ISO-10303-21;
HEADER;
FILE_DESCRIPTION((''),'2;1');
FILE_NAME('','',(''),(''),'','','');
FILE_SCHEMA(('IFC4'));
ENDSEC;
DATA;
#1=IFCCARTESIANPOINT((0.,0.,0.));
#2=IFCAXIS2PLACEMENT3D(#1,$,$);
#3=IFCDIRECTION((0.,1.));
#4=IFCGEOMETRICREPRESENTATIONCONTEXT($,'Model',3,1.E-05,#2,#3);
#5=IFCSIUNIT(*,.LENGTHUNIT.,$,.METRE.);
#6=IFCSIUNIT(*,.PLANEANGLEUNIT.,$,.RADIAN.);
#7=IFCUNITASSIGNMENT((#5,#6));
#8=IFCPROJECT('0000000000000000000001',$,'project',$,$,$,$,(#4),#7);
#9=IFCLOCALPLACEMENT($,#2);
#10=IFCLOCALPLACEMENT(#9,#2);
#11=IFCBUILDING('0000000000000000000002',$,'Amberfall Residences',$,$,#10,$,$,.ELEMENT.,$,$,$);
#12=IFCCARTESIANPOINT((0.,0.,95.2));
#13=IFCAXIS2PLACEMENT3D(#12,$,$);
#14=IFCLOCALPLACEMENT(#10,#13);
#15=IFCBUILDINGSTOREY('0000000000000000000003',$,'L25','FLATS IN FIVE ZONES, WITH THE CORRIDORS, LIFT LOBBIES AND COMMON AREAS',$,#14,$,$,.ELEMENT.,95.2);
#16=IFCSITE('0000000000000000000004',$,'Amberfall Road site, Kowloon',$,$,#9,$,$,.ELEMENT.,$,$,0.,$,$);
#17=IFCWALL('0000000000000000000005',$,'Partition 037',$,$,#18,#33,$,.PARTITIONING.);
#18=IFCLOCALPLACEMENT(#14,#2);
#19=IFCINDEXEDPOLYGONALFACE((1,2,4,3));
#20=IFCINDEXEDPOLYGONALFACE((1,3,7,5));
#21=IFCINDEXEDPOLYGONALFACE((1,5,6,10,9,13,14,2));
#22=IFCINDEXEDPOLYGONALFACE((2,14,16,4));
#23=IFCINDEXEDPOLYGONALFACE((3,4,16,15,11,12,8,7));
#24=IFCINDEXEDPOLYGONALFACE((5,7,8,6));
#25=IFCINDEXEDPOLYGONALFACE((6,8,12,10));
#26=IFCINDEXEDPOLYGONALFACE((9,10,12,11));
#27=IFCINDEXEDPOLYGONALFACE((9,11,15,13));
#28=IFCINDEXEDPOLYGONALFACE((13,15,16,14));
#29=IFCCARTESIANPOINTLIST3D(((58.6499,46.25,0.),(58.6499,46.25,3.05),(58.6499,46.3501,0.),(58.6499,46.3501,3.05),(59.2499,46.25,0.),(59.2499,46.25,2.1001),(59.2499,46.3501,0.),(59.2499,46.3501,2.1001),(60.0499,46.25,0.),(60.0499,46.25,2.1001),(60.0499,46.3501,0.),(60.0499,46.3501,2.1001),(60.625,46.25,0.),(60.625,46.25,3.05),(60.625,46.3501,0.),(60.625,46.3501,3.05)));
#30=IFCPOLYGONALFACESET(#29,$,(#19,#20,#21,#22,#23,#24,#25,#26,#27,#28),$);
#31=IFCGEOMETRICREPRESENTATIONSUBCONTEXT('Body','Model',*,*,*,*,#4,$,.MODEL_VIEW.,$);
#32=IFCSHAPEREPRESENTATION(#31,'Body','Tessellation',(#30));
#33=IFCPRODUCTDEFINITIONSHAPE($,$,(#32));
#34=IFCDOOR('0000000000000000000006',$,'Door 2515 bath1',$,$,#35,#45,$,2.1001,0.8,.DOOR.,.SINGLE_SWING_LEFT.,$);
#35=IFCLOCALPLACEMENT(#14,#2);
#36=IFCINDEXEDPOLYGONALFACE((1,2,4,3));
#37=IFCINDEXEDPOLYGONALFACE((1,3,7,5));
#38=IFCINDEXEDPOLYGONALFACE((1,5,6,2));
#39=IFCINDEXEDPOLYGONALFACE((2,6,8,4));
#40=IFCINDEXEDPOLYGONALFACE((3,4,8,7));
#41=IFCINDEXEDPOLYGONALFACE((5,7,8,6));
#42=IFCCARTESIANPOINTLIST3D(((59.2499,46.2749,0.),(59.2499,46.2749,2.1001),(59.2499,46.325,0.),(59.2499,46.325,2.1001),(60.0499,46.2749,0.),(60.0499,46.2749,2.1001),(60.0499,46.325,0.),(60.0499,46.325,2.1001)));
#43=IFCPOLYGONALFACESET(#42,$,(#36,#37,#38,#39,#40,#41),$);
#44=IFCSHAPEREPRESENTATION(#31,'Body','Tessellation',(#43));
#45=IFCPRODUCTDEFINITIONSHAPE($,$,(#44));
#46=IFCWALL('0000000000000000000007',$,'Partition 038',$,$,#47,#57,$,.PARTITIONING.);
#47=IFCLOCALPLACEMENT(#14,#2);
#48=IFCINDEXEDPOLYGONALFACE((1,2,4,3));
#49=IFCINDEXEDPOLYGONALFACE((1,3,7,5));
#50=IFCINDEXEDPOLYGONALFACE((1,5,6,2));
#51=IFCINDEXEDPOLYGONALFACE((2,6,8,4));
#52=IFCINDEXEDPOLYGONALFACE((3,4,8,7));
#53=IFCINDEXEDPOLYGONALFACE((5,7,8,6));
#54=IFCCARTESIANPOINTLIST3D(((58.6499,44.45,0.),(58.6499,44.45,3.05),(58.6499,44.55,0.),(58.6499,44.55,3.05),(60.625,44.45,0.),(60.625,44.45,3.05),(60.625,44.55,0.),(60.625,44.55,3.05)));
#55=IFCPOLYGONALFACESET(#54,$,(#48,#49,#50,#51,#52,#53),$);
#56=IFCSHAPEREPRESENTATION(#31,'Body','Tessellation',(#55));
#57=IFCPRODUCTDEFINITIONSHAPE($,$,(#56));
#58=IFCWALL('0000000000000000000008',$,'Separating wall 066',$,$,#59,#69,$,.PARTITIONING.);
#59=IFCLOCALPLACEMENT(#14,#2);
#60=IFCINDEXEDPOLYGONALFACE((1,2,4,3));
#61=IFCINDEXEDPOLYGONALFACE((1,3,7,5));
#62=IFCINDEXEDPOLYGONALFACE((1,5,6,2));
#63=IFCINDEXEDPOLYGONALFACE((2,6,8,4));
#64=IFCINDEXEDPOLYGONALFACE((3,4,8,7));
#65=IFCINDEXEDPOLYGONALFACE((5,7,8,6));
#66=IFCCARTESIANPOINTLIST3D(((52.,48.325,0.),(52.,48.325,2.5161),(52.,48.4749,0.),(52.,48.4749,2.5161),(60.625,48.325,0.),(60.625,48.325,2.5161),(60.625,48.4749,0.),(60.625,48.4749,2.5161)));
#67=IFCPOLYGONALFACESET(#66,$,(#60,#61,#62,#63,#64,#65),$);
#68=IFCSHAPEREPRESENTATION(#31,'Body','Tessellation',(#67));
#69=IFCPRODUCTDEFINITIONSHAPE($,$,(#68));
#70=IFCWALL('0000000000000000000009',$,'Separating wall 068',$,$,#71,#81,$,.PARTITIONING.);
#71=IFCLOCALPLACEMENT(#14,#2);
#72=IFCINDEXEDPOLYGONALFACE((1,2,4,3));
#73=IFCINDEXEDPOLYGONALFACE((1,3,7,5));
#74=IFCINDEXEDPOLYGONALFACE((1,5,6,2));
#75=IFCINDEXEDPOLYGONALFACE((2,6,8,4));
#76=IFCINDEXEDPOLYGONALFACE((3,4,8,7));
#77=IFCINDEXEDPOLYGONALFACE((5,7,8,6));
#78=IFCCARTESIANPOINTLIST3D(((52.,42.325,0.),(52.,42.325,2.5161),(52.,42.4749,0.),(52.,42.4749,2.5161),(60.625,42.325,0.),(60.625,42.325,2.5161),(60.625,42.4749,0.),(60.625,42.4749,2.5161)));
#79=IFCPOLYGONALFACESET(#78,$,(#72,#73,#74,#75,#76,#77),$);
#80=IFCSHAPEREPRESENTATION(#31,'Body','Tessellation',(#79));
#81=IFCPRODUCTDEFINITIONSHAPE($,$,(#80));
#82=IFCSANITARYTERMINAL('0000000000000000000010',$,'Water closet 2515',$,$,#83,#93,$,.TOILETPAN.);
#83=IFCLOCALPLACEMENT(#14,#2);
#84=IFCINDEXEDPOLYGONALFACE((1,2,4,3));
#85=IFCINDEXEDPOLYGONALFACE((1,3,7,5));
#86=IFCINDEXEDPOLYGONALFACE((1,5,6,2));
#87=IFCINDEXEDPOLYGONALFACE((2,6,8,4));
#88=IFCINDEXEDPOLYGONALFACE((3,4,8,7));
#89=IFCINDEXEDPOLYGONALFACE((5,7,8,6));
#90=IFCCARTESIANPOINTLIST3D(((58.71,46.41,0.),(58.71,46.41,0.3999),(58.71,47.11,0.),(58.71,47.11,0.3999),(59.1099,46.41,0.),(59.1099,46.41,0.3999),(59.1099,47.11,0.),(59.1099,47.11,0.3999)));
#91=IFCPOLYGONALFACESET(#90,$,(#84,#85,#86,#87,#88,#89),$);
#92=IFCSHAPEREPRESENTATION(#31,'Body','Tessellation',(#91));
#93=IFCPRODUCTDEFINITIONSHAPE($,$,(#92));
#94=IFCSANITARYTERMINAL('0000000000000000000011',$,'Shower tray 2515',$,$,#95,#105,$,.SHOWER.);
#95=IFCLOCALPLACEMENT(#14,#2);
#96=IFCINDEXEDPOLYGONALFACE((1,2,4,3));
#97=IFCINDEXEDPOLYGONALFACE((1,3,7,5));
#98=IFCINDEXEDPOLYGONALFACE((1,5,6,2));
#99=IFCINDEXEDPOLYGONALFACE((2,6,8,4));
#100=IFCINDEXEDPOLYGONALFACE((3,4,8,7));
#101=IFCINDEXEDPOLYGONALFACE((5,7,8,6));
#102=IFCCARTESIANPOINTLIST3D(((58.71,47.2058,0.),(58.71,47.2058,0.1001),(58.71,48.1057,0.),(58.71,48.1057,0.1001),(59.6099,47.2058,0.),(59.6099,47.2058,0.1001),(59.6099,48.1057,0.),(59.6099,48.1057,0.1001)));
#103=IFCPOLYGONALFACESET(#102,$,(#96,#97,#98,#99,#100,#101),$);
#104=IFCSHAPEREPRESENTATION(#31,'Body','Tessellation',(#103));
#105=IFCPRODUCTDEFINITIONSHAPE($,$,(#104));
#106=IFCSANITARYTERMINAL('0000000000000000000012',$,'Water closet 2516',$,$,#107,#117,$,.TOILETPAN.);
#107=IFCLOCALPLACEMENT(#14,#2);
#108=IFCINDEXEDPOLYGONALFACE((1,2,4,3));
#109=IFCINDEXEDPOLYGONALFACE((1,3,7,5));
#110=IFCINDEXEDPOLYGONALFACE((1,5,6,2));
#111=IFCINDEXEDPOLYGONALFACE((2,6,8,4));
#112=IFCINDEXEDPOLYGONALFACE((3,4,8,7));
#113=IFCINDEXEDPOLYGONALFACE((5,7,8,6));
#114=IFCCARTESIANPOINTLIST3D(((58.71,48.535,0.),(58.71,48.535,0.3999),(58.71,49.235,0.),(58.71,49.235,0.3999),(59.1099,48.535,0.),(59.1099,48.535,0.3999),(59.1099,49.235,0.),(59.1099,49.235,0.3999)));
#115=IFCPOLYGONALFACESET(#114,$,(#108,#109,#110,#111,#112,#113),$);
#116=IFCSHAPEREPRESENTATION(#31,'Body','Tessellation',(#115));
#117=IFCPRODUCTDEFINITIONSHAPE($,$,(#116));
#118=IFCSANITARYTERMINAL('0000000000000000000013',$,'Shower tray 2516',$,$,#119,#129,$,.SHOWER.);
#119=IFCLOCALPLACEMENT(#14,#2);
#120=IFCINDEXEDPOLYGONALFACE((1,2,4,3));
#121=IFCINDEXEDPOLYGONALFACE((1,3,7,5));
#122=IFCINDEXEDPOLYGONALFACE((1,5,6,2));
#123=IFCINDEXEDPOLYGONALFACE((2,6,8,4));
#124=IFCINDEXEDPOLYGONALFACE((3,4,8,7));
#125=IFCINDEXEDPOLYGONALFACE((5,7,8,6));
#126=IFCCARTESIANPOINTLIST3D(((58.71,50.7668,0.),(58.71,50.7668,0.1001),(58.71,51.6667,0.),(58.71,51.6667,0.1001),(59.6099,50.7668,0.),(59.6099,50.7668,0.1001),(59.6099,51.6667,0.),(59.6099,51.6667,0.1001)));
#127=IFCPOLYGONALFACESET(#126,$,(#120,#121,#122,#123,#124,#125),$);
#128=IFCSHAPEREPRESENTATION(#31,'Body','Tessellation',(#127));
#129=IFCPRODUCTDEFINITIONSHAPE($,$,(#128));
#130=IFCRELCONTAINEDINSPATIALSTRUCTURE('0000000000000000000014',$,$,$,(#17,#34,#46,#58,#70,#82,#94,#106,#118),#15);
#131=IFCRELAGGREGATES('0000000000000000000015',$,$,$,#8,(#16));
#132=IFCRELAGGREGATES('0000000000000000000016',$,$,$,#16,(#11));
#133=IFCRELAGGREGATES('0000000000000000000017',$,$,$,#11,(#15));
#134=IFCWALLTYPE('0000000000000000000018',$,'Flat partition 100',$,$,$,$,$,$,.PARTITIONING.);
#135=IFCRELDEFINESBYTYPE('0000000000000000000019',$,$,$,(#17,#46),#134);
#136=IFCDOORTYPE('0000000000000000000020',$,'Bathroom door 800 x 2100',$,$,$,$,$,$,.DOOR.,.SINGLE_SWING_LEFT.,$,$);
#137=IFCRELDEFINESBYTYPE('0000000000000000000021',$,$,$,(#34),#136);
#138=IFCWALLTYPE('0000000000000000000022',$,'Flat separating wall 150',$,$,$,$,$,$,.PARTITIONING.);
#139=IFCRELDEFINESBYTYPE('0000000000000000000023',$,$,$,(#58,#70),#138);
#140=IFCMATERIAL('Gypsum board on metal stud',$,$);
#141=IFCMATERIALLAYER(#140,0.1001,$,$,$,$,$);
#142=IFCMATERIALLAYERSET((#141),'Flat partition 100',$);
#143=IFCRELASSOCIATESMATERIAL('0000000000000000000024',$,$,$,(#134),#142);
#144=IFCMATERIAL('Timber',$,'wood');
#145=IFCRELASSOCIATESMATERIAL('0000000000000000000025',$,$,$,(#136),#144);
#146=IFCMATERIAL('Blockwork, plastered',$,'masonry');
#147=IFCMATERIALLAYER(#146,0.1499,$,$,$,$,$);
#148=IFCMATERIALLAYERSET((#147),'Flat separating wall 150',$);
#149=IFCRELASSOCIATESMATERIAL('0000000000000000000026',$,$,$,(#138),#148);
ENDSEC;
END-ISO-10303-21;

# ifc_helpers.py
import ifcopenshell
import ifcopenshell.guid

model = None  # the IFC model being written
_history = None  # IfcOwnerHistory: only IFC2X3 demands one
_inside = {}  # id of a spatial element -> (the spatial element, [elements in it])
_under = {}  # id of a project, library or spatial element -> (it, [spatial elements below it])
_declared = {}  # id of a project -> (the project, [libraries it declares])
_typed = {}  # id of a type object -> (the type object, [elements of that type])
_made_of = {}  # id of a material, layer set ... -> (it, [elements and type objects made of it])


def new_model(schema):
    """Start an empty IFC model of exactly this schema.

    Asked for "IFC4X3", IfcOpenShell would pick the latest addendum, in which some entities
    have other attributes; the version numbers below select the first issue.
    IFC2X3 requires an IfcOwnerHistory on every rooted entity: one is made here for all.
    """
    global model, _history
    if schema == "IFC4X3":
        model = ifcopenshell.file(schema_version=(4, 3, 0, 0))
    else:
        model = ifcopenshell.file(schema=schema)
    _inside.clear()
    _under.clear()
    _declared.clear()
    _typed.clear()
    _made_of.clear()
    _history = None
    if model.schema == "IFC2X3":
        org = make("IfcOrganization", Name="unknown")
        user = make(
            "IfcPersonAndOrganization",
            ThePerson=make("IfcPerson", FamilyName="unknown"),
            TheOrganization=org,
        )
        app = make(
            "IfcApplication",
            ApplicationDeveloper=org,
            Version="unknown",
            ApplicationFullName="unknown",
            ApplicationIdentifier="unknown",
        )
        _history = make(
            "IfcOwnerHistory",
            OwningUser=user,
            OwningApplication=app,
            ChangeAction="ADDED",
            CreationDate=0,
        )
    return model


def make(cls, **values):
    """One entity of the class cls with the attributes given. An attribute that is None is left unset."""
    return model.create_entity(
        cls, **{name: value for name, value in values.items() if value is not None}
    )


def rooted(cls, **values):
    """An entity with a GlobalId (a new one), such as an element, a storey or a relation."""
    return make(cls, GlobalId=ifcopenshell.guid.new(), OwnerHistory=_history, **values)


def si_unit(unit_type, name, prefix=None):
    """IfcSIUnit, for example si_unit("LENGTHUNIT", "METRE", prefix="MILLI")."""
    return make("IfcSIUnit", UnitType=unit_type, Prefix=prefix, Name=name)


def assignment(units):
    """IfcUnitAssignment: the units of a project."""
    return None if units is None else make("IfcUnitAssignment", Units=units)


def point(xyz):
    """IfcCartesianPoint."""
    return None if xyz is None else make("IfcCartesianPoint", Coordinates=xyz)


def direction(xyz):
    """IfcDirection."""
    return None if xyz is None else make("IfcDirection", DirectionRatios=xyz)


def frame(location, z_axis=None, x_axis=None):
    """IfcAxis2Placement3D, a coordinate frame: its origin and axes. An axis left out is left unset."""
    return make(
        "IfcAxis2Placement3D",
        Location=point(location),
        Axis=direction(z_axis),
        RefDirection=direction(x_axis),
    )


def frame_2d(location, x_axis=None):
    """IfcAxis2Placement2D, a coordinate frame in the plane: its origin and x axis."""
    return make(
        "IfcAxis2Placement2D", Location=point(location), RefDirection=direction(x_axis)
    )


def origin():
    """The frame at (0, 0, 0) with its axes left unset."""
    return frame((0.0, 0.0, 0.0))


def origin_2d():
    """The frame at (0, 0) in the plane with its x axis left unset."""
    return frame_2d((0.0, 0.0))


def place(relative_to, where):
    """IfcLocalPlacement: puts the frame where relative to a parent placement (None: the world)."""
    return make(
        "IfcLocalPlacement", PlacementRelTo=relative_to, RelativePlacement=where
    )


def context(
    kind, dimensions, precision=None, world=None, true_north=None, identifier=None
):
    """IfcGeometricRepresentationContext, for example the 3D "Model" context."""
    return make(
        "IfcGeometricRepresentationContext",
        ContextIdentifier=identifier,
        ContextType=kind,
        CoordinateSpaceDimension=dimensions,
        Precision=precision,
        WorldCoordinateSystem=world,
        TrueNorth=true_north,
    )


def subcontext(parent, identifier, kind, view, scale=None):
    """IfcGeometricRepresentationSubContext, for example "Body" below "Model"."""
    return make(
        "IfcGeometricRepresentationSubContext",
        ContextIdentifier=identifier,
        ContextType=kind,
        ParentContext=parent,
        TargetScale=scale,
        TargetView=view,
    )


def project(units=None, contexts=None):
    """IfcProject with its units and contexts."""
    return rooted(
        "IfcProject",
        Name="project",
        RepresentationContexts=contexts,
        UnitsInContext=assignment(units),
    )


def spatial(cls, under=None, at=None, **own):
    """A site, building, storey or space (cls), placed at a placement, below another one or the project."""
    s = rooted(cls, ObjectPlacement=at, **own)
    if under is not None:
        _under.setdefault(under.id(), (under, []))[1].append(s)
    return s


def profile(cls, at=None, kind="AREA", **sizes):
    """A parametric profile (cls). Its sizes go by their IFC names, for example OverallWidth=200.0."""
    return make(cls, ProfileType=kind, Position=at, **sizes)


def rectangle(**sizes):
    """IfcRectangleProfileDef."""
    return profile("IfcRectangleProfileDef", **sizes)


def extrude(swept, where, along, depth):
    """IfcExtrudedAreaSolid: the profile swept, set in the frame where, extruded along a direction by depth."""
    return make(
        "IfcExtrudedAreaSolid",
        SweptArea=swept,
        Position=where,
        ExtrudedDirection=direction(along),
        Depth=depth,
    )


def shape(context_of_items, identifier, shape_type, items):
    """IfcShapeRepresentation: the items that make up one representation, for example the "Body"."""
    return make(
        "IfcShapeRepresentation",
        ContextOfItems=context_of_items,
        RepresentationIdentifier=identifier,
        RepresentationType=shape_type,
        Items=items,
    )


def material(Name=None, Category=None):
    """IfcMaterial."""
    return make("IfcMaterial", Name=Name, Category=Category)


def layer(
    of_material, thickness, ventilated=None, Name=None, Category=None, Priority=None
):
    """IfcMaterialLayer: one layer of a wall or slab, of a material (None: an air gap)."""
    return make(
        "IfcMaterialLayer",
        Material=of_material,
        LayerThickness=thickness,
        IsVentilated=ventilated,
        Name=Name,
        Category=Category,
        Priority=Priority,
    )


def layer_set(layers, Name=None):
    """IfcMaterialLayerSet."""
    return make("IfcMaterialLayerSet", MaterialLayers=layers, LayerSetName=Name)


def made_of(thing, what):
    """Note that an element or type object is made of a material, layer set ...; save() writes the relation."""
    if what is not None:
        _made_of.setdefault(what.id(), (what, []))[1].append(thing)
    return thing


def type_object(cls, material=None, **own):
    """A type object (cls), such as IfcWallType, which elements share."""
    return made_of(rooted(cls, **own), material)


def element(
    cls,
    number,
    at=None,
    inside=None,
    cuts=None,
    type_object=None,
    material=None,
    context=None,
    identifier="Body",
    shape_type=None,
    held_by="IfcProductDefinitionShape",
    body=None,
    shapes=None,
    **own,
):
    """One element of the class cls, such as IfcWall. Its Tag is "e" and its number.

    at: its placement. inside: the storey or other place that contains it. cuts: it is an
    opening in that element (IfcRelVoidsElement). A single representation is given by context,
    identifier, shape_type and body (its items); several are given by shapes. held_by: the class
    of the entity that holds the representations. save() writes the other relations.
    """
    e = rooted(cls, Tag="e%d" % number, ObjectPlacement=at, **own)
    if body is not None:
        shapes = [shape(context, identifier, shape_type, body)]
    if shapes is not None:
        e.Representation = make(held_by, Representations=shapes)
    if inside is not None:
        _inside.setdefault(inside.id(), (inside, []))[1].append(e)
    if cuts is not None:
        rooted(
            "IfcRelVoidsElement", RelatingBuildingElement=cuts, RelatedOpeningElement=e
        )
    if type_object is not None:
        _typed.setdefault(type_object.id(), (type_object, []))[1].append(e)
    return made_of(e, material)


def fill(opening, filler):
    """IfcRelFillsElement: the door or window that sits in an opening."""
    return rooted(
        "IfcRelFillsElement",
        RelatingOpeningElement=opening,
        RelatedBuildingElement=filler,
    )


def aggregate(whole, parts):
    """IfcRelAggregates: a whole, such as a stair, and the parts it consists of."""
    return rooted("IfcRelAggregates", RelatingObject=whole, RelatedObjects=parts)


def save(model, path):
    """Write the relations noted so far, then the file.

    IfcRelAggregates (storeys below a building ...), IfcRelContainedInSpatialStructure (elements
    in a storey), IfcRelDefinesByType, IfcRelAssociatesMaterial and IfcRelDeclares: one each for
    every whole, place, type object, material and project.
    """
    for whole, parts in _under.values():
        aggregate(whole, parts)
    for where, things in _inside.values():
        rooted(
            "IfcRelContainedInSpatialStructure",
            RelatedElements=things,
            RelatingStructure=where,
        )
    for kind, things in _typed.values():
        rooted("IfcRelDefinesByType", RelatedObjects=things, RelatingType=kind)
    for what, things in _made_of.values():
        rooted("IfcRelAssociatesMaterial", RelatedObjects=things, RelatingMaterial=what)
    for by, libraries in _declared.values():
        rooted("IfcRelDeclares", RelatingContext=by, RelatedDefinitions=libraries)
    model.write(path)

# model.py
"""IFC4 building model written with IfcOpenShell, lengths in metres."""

from ifc_helpers import new_model, si_unit, direction, frame, frame_2d, origin, origin_2d, place, context, subcontext, project, spatial, rectangle, extrude, material, layer, layer_set, type_object, element, fill, save


model = new_model("IFC4")

# Units and contexts
model_context = context("Model", 3, precision=1e-05, world=origin(), true_north=direction((0.0, 1.0)))
body_context = subcontext(model_context, "Body", "Model", "MODEL_VIEW")
ifc_project = project(units=[si_unit("LENGTHUNIT", "METRE"), si_unit("PLANEANGLEUNIT", "RADIAN")], contexts=[model_context])

# Site, building, storey
site_placement = place(None, origin())
site = spatial("IfcSite", under=ifc_project, at=site_placement, Name="Amberfall Road site, Kowloon", CompositionType="ELEMENT", RefElevation=0.0)
building_placement = place(site_placement, origin())
building = spatial("IfcBuilding", under=site, at=building_placement, Name="Amberfall Residences", CompositionType="ELEMENT")
storey_placement = place(building_placement, frame((0.0, 0.0, 95.2)))
storey = spatial("IfcBuildingStorey", under=building, at=storey_placement, Name="L25", Description="FLATS IN FIVE ZONES, WITH THE CORRIDORS, LIFT LOBBIES AND COMMON AREAS", CompositionType="ELEMENT", Elevation=95.2)

# Shared definitions
ifc_material_1 = material(Name="Gypsum board on metal stud")
ifc_layer_1 = layer(ifc_material_1, 0.1001)
ifc_layer_set_1 = layer_set([ifc_layer_1], Name="Flat partition 100")
wall_type_1 = type_object("IfcWallType", Name="Flat partition 100", PredefinedType="PARTITIONING", material=ifc_layer_set_1)
ifc_material_2 = material(Name="Timber", Category="wood")

# Wall, opening, door
wall_1_placement = place(storey_placement, frame((58.6499, 46.3, 0.0), z_axis=(0.0, 0.0, 1.0), x_axis=(1.0, 0.0, 0.0)))
wall_1 = element("IfcWall", 1, at=wall_1_placement, inside=storey, type_object=wall_type_1, Name="Partition 037", PredefinedType="PARTITIONING", context=body_context, shape_type="SweptSolid", body=[
    extrude(rectangle(XDim=1.9751, YDim=0.1001, at=frame_2d((0.9875, 0.0))), origin(), (0.0, 0.0, 1.0), 3.05),
])
opening_1_placement = place(wall_1_placement, frame((0.6001, 0.0, 0.0)))
opening_1 = element("IfcOpeningElement", 2, at=opening_1_placement, cuts=wall_1, PredefinedType="OPENING", context=body_context, shape_type="SweptSolid", body=[
    extrude(rectangle(XDim=0.8, YDim=2.1001, at=frame_2d((0.3999, 1.05))), frame((0.0, 0.0601, 0.0), z_axis=(0.0, -1.0, 0.0), x_axis=(1.0, 0.0, 0.0)), (0.0, 0.0, 1.0), 0.1201),
])
door_type_1 = type_object("IfcDoorType", Name="Bathroom door 800 x 2100", OperationType="SINGLE_SWING_LEFT", PredefinedType="DOOR", material=ifc_material_2)
door_1_placement = place(opening_1_placement, origin())
door_1 = element("IfcDoor", 3, at=door_1_placement, inside=storey, type_object=door_type_1, Name="Door 2515 bath1", OperationType="SINGLE_SWING_LEFT", OverallHeight=2.1001, OverallWidth=0.8, PredefinedType="DOOR", context=body_context, shape_type="SweptSolid", body=[
    extrude(rectangle(XDim=0.8, YDim=2.1001, at=frame_2d((0.3999, 1.05))), frame((0.0, 0.0249, 0.0), z_axis=(0.0, -1.0, 0.0), x_axis=(1.0, 0.0, 0.0)), (0.0, 0.0, 1.0), 0.05),
])
fill(opening_1, door_1)

# Walls
wall_2_placement = place(storey_placement, frame((58.6499, 44.5, 0.0), z_axis=(0.0, 0.0, 1.0), x_axis=(1.0, 0.0, 0.0)))
element("IfcWall", 4, at=wall_2_placement, inside=storey, type_object=wall_type_1, Name="Partition 038", PredefinedType="PARTITIONING", context=body_context, shape_type="SweptSolid", body=[
    extrude(rectangle(XDim=1.9751, YDim=0.1001, at=frame_2d((0.9875, 0.0))), origin(), (0.0, 0.0, 1.0), 3.05),
])
ifc_material_3 = material(Name="Blockwork, plastered", Category="masonry")
ifc_layer_2 = layer(ifc_material_3, 0.1499)
ifc_layer_set_2 = layer_set([ifc_layer_2], Name="Flat separating wall 150")
wall_type_2 = type_object("IfcWallType", Name="Flat separating wall 150", PredefinedType="PARTITIONING", material=ifc_layer_set_2)
for number, where, z_axis, x_axis, name in (
    (5, (52.0, 48.3999, 0.0), (0.0, 0.0, 1.0), (1.0, 0.0, 0.0), "Separating wall 066"),
    (6, (52.0, 42.3999, 0.0), (0.0, 0.0, 1.0), (1.0, 0.0, 0.0), "Separating wall 068"),
):
    element("IfcWall", number, at=place(storey_placement, frame(where, z_axis=z_axis, x_axis=x_axis)), inside=storey, type_object=wall_type_2, Name=name, PredefinedType="PARTITIONING", context=body_context, shape_type="SweptSolid", body=[
        extrude(rectangle(XDim=8.625, YDim=0.1499, at=frame_2d((4.3125, 0.0))), origin(), (0.0, 0.0, 1.0), 2.5161),
    ])

# Sanitary terminals
sanitary_terminal_1_placement = place(storey_placement, frame((58.9099, 46.76, 0.0), z_axis=(0.0, 0.0, 1.0), x_axis=(1.0, 0.0, 0.0)))
element("IfcSanitaryTerminal", 7, at=sanitary_terminal_1_placement, inside=storey, Name="Water closet 2515", PredefinedType="TOILETPAN", context=body_context, shape_type="SweptSolid", body=[
    extrude(rectangle(XDim=0.3999, YDim=0.7, at=origin_2d()), origin(), (0.0, 0.0, 1.0), 0.3999),
])
sanitary_terminal_2_placement = place(storey_placement, frame((59.1599, 47.6558, 0.0), z_axis=(0.0, 0.0, 1.0), x_axis=(1.0, 0.0, 0.0)))
element("IfcSanitaryTerminal", 8, at=sanitary_terminal_2_placement, inside=storey, Name="Shower tray 2515", PredefinedType="SHOWER", context=body_context, shape_type="SweptSolid", body=[
    extrude(rectangle(XDim=0.8999, YDim=0.8999, at=origin_2d()), origin(), (0.0, 0.0, 1.0), 0.1001),
])
sanitary_terminal_3_placement = place(storey_placement, frame((58.9099, 48.885, 0.0), z_axis=(0.0, 0.0, 1.0), x_axis=(1.0, 0.0, 0.0)))
element("IfcSanitaryTerminal", 9, at=sanitary_terminal_3_placement, inside=storey, Name="Water closet 2516", PredefinedType="TOILETPAN", context=body_context, shape_type="SweptSolid", body=[
    extrude(rectangle(XDim=0.3999, YDim=0.7, at=origin_2d()), origin(), (0.0, 0.0, 1.0), 0.3999),
])
sanitary_terminal_4_placement = place(storey_placement, frame((59.1599, 51.2168, 0.0), z_axis=(0.0, 0.0, 1.0), x_axis=(1.0, 0.0, 0.0)))
element("IfcSanitaryTerminal", 10, at=sanitary_terminal_4_placement, inside=storey, Name="Shower tray 2516", PredefinedType="SHOWER", context=body_context, shape_type="SweptSolid", body=[
    extrude(rectangle(XDim=0.8999, YDim=0.8999, at=origin_2d()), origin(), (0.0, 0.0, 1.0), 0.1001),
])

save(model, "model.ifc")
